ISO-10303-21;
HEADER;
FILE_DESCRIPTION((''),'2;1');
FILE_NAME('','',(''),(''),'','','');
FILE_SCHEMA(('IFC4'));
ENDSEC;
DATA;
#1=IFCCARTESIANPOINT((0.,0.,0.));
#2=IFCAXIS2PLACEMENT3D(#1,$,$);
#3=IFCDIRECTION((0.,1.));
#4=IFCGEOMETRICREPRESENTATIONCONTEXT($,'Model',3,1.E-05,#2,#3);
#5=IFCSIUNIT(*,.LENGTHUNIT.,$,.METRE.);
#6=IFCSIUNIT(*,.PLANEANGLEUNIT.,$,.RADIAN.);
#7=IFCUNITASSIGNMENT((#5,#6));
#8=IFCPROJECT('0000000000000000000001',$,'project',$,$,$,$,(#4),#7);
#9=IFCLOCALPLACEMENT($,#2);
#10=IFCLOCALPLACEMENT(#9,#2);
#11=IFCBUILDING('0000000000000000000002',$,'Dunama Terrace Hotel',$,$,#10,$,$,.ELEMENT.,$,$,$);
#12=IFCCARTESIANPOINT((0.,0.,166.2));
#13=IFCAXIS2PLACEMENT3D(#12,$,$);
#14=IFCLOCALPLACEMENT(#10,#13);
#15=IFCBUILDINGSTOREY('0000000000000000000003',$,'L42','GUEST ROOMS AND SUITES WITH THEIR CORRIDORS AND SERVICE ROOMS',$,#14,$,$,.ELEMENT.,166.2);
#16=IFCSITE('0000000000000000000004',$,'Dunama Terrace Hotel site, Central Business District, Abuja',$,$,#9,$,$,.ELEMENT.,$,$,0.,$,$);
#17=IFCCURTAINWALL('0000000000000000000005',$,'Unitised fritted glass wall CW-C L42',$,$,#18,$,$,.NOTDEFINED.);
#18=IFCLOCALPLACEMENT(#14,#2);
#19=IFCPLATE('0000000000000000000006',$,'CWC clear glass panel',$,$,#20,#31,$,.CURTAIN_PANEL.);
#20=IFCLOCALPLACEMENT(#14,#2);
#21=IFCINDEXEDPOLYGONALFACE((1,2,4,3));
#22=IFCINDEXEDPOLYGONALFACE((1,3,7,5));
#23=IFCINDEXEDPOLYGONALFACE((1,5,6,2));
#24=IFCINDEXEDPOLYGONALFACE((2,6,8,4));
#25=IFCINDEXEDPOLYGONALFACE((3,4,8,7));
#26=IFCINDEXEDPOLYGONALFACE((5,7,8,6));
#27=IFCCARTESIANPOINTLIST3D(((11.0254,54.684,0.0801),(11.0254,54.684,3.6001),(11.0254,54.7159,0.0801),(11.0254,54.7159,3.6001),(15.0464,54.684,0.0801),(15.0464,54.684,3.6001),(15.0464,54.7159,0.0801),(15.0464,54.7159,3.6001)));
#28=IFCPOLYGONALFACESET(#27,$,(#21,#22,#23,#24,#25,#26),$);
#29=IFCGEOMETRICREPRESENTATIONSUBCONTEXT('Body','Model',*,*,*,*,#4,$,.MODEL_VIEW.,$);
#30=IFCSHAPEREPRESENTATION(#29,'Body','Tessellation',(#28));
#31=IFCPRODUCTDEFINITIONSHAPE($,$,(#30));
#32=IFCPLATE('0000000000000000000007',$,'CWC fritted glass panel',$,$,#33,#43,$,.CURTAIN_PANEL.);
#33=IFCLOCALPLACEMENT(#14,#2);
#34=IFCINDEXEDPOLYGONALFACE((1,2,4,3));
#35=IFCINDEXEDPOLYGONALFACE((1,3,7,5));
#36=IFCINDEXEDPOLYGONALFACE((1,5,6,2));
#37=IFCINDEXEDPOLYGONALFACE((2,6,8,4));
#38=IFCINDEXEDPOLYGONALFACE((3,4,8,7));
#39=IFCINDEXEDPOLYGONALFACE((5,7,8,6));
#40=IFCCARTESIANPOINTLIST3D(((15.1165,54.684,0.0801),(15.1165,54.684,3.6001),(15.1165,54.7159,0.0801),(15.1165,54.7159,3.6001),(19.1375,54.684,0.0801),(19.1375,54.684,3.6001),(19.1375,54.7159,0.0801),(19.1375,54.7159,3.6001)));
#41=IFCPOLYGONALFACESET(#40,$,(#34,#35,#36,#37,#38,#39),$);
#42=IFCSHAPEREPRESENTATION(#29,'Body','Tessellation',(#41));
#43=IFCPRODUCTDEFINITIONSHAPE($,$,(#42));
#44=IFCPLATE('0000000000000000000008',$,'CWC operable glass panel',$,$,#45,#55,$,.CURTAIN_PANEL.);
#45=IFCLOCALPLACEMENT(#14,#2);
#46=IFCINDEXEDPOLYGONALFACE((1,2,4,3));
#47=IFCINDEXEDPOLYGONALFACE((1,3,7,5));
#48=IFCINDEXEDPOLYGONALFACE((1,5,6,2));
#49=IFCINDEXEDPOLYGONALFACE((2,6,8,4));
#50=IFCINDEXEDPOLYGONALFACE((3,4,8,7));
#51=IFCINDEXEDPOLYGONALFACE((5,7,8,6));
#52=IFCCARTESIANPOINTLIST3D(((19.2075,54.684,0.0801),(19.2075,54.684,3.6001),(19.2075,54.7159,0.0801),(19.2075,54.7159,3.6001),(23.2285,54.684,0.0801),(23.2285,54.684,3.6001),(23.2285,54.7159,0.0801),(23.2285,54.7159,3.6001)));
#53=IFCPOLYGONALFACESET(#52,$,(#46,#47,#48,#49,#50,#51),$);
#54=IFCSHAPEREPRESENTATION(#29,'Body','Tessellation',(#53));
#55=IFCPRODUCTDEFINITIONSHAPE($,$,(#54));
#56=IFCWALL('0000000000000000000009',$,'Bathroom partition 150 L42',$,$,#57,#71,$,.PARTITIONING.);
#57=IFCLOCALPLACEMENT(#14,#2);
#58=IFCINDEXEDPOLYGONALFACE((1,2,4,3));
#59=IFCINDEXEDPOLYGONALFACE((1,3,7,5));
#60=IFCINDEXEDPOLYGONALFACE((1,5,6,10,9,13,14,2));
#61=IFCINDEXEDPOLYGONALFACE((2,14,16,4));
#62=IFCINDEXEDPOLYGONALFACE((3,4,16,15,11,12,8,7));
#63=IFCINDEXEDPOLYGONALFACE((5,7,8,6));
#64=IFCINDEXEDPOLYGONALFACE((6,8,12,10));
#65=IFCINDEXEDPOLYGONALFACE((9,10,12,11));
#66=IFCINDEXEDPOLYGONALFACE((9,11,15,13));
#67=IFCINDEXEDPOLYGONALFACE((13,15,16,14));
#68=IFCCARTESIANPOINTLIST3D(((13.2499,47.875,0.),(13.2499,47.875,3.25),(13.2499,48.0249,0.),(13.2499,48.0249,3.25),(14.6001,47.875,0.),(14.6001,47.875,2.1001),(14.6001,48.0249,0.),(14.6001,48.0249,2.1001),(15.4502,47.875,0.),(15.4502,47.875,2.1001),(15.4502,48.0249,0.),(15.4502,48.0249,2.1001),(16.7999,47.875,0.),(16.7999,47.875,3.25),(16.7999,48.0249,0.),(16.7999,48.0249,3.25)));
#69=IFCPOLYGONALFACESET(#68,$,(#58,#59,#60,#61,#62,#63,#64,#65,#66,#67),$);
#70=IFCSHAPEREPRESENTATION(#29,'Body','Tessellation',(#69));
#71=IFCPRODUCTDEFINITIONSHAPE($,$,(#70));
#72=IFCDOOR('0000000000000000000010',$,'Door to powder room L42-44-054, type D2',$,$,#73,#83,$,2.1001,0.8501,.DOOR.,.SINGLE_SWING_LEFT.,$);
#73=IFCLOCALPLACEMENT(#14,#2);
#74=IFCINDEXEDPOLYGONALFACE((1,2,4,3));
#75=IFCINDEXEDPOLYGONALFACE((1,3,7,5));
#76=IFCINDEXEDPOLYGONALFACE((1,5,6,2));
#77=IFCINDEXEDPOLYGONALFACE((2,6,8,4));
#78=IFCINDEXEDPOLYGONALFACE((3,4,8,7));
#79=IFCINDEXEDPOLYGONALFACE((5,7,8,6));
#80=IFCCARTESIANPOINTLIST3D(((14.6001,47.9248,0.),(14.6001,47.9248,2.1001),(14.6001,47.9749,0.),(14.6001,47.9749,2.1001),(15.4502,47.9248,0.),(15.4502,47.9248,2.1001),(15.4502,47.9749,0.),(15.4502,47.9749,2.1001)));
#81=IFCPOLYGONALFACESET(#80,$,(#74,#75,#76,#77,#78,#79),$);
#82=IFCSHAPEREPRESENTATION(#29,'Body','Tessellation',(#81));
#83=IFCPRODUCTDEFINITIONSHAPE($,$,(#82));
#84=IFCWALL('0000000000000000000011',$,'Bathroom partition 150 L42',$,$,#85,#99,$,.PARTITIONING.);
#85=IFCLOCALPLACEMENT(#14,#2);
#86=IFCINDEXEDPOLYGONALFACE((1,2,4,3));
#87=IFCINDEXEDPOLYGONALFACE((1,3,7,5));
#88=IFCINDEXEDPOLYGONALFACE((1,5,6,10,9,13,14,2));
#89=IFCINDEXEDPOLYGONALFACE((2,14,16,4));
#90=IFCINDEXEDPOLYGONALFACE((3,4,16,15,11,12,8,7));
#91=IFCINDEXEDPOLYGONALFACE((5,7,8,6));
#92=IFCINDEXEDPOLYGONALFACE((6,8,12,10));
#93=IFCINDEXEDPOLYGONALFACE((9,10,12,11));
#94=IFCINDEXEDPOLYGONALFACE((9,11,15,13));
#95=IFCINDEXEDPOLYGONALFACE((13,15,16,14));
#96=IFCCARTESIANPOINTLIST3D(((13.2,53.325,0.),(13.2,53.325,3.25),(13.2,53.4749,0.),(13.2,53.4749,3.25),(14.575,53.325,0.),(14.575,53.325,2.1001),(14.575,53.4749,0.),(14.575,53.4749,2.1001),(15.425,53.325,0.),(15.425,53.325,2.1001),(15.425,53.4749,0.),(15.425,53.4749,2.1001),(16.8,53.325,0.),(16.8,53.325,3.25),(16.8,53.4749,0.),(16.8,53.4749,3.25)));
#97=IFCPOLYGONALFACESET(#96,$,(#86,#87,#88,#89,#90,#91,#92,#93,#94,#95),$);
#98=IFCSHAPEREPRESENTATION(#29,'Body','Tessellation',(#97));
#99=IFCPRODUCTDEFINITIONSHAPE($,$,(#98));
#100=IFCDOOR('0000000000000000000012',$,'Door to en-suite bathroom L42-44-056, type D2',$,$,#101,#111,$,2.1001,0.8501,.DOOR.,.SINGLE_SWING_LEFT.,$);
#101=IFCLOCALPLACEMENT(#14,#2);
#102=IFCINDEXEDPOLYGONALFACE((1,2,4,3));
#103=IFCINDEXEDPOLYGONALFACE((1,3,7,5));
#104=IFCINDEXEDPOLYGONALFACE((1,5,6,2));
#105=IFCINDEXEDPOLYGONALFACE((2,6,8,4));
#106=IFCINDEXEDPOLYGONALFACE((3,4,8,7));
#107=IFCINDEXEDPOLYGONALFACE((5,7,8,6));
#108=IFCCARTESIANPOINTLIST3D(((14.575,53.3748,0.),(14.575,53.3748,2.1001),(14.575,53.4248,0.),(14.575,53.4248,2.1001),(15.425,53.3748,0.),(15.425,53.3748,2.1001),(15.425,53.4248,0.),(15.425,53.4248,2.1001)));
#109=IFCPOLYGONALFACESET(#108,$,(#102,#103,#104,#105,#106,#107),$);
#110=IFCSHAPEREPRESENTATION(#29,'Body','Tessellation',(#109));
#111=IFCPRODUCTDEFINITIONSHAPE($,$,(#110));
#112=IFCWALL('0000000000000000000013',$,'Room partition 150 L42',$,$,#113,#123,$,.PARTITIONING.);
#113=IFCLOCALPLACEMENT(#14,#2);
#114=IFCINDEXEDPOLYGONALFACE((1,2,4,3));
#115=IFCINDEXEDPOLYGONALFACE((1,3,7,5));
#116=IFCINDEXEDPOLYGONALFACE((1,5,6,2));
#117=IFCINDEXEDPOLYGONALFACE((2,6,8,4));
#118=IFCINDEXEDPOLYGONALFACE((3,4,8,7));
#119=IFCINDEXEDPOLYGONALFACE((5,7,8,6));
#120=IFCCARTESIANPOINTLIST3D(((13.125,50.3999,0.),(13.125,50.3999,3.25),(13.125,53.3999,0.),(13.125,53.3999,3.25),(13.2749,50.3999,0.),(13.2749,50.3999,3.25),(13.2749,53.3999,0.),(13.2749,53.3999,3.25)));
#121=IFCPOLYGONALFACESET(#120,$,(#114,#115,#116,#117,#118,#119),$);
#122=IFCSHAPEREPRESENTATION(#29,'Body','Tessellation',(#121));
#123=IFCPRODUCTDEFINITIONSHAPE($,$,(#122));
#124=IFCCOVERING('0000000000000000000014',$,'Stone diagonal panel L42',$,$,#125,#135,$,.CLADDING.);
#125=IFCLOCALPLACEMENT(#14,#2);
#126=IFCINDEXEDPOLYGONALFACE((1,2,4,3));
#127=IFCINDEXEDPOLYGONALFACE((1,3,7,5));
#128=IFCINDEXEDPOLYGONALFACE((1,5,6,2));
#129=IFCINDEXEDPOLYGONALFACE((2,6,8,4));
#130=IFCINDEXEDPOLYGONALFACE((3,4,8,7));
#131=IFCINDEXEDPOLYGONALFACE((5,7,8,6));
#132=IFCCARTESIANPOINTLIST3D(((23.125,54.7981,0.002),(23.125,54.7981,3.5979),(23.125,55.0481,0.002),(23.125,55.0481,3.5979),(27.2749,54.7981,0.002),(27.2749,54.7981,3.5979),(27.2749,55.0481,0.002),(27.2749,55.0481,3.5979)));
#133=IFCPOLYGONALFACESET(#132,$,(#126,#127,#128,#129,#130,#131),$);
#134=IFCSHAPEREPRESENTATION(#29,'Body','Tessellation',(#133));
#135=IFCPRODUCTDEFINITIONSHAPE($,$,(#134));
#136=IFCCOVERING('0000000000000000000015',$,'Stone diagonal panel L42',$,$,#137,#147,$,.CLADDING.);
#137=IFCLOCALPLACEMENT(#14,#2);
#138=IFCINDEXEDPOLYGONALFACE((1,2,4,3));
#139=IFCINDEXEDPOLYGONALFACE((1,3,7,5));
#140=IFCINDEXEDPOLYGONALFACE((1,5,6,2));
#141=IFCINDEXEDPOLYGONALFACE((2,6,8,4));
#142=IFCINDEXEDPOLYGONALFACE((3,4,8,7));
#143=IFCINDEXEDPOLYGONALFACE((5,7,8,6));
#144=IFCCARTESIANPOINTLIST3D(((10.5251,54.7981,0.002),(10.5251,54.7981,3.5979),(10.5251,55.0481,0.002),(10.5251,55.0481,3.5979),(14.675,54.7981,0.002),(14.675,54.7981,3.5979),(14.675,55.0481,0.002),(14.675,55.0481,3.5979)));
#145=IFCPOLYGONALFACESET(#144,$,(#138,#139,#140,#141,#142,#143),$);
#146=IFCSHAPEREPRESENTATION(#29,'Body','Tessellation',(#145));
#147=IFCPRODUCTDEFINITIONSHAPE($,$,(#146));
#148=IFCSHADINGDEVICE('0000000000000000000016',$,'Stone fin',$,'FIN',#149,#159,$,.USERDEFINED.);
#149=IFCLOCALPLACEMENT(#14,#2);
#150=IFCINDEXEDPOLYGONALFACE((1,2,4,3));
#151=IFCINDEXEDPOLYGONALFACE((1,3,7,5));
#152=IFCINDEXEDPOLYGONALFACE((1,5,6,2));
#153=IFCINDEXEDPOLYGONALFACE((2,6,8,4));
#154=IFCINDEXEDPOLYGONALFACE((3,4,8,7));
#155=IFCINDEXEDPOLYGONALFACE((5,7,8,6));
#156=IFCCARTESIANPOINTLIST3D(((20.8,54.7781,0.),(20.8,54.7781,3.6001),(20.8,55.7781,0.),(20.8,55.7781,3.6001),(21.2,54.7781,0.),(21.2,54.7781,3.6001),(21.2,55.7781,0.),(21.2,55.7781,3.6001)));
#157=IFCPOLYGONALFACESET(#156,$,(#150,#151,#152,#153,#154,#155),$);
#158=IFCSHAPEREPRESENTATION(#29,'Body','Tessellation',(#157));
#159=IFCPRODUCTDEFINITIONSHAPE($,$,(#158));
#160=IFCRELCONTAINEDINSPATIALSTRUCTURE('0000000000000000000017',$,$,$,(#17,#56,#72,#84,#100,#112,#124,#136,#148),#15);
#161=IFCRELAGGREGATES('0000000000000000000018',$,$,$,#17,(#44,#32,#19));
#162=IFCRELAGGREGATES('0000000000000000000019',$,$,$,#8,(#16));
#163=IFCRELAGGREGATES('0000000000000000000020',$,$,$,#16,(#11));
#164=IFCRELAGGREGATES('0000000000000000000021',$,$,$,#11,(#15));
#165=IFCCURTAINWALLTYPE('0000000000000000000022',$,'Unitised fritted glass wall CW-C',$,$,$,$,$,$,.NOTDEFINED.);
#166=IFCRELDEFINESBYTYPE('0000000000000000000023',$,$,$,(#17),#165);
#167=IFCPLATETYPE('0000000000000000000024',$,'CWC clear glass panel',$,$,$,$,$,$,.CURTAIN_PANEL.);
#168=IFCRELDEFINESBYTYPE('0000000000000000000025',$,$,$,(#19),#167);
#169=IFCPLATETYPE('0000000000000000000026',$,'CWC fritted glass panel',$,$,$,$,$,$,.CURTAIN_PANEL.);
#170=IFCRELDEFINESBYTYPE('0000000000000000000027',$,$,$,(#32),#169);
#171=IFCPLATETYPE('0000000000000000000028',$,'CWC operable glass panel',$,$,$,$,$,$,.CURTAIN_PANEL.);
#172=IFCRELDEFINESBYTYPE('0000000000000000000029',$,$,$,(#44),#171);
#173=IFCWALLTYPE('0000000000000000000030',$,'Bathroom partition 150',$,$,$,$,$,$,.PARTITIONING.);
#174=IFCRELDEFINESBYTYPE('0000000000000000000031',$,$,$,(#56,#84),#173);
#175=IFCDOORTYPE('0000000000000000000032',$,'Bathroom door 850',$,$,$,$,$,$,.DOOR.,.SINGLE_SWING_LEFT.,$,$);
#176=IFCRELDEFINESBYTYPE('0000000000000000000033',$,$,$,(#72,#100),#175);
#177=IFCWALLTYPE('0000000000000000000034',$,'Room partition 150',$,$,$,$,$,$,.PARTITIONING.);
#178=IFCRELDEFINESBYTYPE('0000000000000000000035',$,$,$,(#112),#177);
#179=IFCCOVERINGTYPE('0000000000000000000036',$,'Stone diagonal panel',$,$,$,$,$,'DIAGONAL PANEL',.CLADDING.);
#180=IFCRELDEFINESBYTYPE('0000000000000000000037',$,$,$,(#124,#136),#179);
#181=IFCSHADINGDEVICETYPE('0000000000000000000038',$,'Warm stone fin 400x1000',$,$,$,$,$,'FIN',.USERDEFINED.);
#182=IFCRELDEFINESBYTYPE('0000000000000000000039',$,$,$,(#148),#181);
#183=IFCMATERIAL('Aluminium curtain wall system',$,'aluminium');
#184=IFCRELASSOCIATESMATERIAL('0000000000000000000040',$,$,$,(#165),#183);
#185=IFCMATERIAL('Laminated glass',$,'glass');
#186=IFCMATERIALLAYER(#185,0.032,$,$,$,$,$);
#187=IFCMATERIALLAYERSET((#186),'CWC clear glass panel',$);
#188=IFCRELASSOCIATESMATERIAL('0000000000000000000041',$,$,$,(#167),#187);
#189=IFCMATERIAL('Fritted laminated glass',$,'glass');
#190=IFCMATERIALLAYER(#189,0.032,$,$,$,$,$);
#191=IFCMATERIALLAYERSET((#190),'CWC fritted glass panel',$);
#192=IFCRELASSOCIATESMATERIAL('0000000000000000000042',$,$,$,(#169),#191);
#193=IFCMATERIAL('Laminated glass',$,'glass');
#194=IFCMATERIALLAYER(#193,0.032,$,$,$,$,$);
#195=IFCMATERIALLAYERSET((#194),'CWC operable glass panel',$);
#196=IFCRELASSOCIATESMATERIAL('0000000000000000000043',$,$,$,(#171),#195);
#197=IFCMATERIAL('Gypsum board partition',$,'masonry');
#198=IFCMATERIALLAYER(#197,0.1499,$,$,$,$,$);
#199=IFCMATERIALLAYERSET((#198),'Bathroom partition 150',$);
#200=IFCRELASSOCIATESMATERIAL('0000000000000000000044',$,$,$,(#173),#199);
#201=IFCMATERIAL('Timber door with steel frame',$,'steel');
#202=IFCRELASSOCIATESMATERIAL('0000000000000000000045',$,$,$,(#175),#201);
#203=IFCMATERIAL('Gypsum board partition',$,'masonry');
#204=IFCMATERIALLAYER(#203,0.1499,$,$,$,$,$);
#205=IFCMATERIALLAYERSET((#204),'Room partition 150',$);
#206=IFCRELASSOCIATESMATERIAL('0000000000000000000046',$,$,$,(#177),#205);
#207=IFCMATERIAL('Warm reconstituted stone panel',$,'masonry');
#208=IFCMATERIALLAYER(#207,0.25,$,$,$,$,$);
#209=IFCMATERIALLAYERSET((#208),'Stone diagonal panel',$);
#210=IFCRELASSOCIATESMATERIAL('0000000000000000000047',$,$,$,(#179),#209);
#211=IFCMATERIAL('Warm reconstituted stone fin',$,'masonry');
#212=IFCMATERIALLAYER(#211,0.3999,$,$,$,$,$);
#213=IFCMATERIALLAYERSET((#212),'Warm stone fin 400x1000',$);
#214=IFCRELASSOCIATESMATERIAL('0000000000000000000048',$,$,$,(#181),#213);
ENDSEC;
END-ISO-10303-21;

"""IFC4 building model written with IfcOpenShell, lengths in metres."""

from ifc_helpers import new_model, si_unit, direction, frame, frame_2d, origin, origin_2d, place, context, subcontext, project, spatial, rectangle, extrude, material, layer, layer_set, type_object, element, fill, aggregate, save


model = new_model("IFC4")

# Units and contexts
model_context = context("Model", 3, precision=1e-05, world=origin(), true_north=direction((0.0, 1.0)))
body_context = subcontext(model_context, "Body", "Model", "MODEL_VIEW")
ifc_project = project(units=[si_unit("LENGTHUNIT", "METRE"), si_unit("PLANEANGLEUNIT", "RADIAN")], contexts=[model_context])

# Site, building, storey
site_placement = place(None, origin())
site = spatial("IfcSite", under=ifc_project, at=site_placement, Name="Dunama Terrace Hotel site, Central Business District, Abuja", CompositionType="ELEMENT", RefElevation=0.0)
building_placement = place(site_placement, origin())
building = spatial("IfcBuilding", under=site, at=building_placement, Name="Dunama Terrace Hotel", CompositionType="ELEMENT")
storey_placement = place(building_placement, frame((0.0, 0.0, 166.2)))
storey = spatial("IfcBuildingStorey", under=building, at=storey_placement, Name="L42", Description="GUEST ROOMS AND SUITES WITH THEIR CORRIDORS AND SERVICE ROOMS", CompositionType="ELEMENT", Elevation=166.2)

# Curtain wall
ifc_material_1 = material(Name="Aluminium curtain wall system", Category="aluminium")
curtain_wall_type = type_object("IfcCurtainWallType", Name="Unitised fritted glass wall CW-C", PredefinedType="NOTDEFINED", material=ifc_material_1)
curtain_wall_placement = place(storey_placement, origin())
curtain_wall = element("IfcCurtainWall", 1, at=curtain_wall_placement, inside=storey, type_object=curtain_wall_type, Name="Unitised fritted glass wall CW-C L42", PredefinedType="NOTDEFINED")

# Plates
ifc_material_2 = material(Name="Laminated glass", Category="glass")
ifc_layer_1 = layer(ifc_material_2, 0.032)
ifc_layer_set_1 = layer_set([ifc_layer_1], Name="CWC clear glass panel")
plate_type_1 = type_object("IfcPlateType", Name="CWC clear glass panel", PredefinedType="CURTAIN_PANEL", material=ifc_layer_set_1)
plate_1_placement = place(storey_placement, frame((13.0359, 54.7, 0.0801), z_axis=(0.0, 0.0, 1.0), x_axis=(-1.0, 0.0, 0.0)))
plate_1 = element("IfcPlate", 2, at=plate_1_placement, type_object=plate_type_1, Name="CWC clear glass panel", PredefinedType="CURTAIN_PANEL", context=body_context, shape_type="SweptSolid", body=[
    extrude(rectangle(XDim=4.021, YDim=0.032, at=origin_2d()), origin(), (0.0, 0.0, 1.0), 3.52),
])
ifc_material_3 = material(Name="Fritted laminated glass", Category="glass")
ifc_layer_2 = layer(ifc_material_3, 0.032)
ifc_layer_set_2 = layer_set([ifc_layer_2], Name="CWC fritted glass panel")
plate_type_2 = type_object("IfcPlateType", Name="CWC fritted glass panel", PredefinedType="CURTAIN_PANEL", material=ifc_layer_set_2)
plate_2_placement = place(storey_placement, frame((17.127, 54.7, 0.0801), z_axis=(0.0, 0.0, 1.0), x_axis=(-1.0, 0.0, 0.0)))
plate_2 = element("IfcPlate", 3, at=plate_2_placement, type_object=plate_type_2, Name="CWC fritted glass panel", PredefinedType="CURTAIN_PANEL", context=body_context, shape_type="SweptSolid", body=[
    extrude(rectangle(XDim=4.021, YDim=0.032, at=origin_2d()), origin(), (0.0, 0.0, 1.0), 3.52),
])
ifc_material_4 = material(Name="Laminated glass", Category="glass")
ifc_layer_3 = layer(ifc_material_4, 0.032)
ifc_layer_set_3 = layer_set([ifc_layer_3], Name="CWC operable glass panel")
plate_type_3 = type_object("IfcPlateType", Name="CWC operable glass panel", PredefinedType="CURTAIN_PANEL", material=ifc_layer_set_3)
plate_3_placement = place(storey_placement, frame((21.218, 54.7, 0.0801), z_axis=(0.0, 0.0, 1.0), x_axis=(-1.0, 0.0, 0.0)))
plate_3 = element("IfcPlate", 4, at=plate_3_placement, type_object=plate_type_3, Name="CWC operable glass panel", PredefinedType="CURTAIN_PANEL", context=body_context, shape_type="SweptSolid", body=[
    extrude(rectangle(XDim=4.021, YDim=0.032, at=origin_2d()), origin(), (0.0, 0.0, 1.0), 3.52),
])
aggregate(curtain_wall, [plate_3, plate_2, plate_1])

# Walls, openings, doors
ifc_material_5 = material(Name="Gypsum board partition", Category="masonry")
ifc_layer_4 = layer(ifc_material_5, 0.1499)
ifc_layer_set_4 = layer_set([ifc_layer_4], Name="Bathroom partition 150")
wall_type_1 = type_object("IfcWallType", Name="Bathroom partition 150", PredefinedType="PARTITIONING", material=ifc_layer_set_4)
wall_1_placement = place(storey_placement, frame((13.25, 47.95, 0.0), z_axis=(0.0, 0.0, 1.0), x_axis=(1.0, 0.0, 0.0)))
wall_1 = element("IfcWall", 5, at=wall_1_placement, inside=storey, type_object=wall_type_1, Name="Bathroom partition 150 L42", PredefinedType="PARTITIONING", context=body_context, shape_type="SweptSolid", body=[
    extrude(rectangle(XDim=3.55, YDim=0.1499, at=frame_2d((1.7749, 0.0))), origin(), (0.0, 0.0, 1.0), 3.25),
])
opening_1_placement = place(wall_1_placement, frame((1.3501, 0.0, 0.0)))
opening_1 = element("IfcOpeningElement", 6, at=opening_1_placement, cuts=wall_1, PredefinedType="OPENING", context=body_context, shape_type="SweptSolid", body=[
    extrude(rectangle(XDim=0.8501, YDim=2.1001, at=frame_2d((0.425, 1.05))), frame((0.0, 0.085, 0.0), z_axis=(0.0, -1.0, 0.0), x_axis=(1.0, 0.0, 0.0)), (0.0, 0.0, 1.0), 0.1699),
])
ifc_material_6 = material(Name="Timber door with steel frame", Category="steel")
door_type = type_object("IfcDoorType", Name="Bathroom door 850", OperationType="SINGLE_SWING_LEFT", PredefinedType="DOOR", material=ifc_material_6)
door_1_placement = place(opening_1_placement, frame((0.8501, 0.0, 0.0), z_axis=(0.0, 0.0, 1.0), x_axis=(-1.0, 0.0, 0.0)))
door_1 = element("IfcDoor", 7, at=door_1_placement, inside=storey, type_object=door_type, Name="Door to powder room L42-44-054, type D2", OperationType="SINGLE_SWING_LEFT", OverallHeight=2.1001, OverallWidth=0.8501, PredefinedType="DOOR", context=body_context, shape_type="SweptSolid", body=[
    extrude(rectangle(XDim=0.8501, YDim=2.1001, at=frame_2d((0.425, 1.05))), frame((0.0, 0.0251, 0.0), z_axis=(0.0, -1.0, 0.0), x_axis=(1.0, 0.0, 0.0)), (0.0, 0.0, 1.0), 0.05),
])
fill(opening_1, door_1)
wall_2_placement = place(storey_placement, frame((13.2, 53.3999, 0.0), z_axis=(0.0, 0.0, 1.0), x_axis=(1.0, 0.0, 0.0)))
wall_2 = element("IfcWall", 8, at=wall_2_placement, inside=storey, type_object=wall_type_1, Name="Bathroom partition 150 L42", PredefinedType="PARTITIONING", context=body_context, shape_type="SweptSolid", body=[
    extrude(rectangle(XDim=3.6001, YDim=0.1499, at=frame_2d((1.8, 0.0))), origin(), (0.0, 0.0, 1.0), 3.25),
])
opening_2_placement = place(wall_2_placement, frame((1.375, 0.0, 0.0)))
opening_2 = element("IfcOpeningElement", 9, at=opening_2_placement, cuts=wall_2, PredefinedType="OPENING", context=body_context, shape_type="SweptSolid", body=[
    extrude(rectangle(XDim=0.8501, YDim=2.1001, at=frame_2d((0.425, 1.05))), frame((0.0, 0.085, 0.0), z_axis=(0.0, -1.0, 0.0), x_axis=(1.0, 0.0, 0.0)), (0.0, 0.0, 1.0), 0.1699),
])
door_2_placement = place(opening_2_placement, frame((0.8501, 0.0, 0.0), z_axis=(0.0, 0.0, 1.0), x_axis=(-1.0, 0.0, 0.0)))
door_2 = element("IfcDoor", 10, at=door_2_placement, inside=storey, type_object=door_type, Name="Door to en-suite bathroom L42-44-056, type D2", OperationType="SINGLE_SWING_LEFT", OverallHeight=2.1001, OverallWidth=0.8501, PredefinedType="DOOR", context=body_context, shape_type="SweptSolid", body=[
    extrude(rectangle(XDim=0.8501, YDim=2.1001, at=frame_2d((0.425, 1.05))), frame((0.0, 0.0251, 0.0), z_axis=(0.0, -1.0, 0.0), x_axis=(1.0, 0.0, 0.0)), (0.0, 0.0, 1.0), 0.05),
])
fill(opening_2, door_2)

# Wall
ifc_material_7 = material(Name="Gypsum board partition", Category="masonry")
ifc_layer_5 = layer(ifc_material_7, 0.1499)
ifc_layer_set_5 = layer_set([ifc_layer_5], Name="Room partition 150")
wall_type_2 = type_object("IfcWallType", Name="Room partition 150", PredefinedType="PARTITIONING", material=ifc_layer_set_5)
wall_3_placement = place(storey_placement, frame((13.2, 50.3999, 0.0), z_axis=(0.0, 0.0, 1.0), x_axis=(0.0, 1.0, 0.0)))
element("IfcWall", 11, at=wall_3_placement, inside=storey, type_object=wall_type_2, Name="Room partition 150 L42", PredefinedType="PARTITIONING", context=body_context, shape_type="SweptSolid", body=[
    extrude(rectangle(XDim=3.0, YDim=0.1499, at=frame_2d((1.5, 0.0))), origin(), (0.0, 0.0, 1.0), 3.25),
])

# Coverings
ifc_material_8 = material(Name="Warm reconstituted stone panel", Category="masonry")
ifc_layer_6 = layer(ifc_material_8, 0.25)
ifc_layer_set_6 = layer_set([ifc_layer_6], Name="Stone diagonal panel")
covering_type = type_object("IfcCoveringType", Name="Stone diagonal panel", ElementType="DIAGONAL PANEL", PredefinedType="CLADDING", material=ifc_layer_set_6)
for number, where, z_axis, x_axis, name in (
    (12, (25.2, 54.9231, 0.002), (0.0, 0.0, 1.0), (-1.0, 0.0, 0.0), "Stone diagonal panel L42"),
    (13, (12.6001, 54.9231, 0.002), (0.0, 0.0, 1.0), (-1.0, 0.0, 0.0), "Stone diagonal panel L42"),
):
    element("IfcCovering", number, at=place(storey_placement, frame(where, z_axis=z_axis, x_axis=x_axis)), inside=storey, type_object=covering_type, Name=name, PredefinedType="CLADDING", context=body_context, shape_type="SweptSolid", body=[
        extrude(rectangle(XDim=4.1499, YDim=0.25, at=origin_2d()), origin(), (0.0, 0.0, 1.0), 3.5959),
    ])

# Shading device
ifc_material_9 = material(Name="Warm reconstituted stone fin", Category="masonry")
ifc_layer_7 = layer(ifc_material_9, 0.3999)
ifc_layer_set_7 = layer_set([ifc_layer_7], Name="Warm stone fin 400x1000")
shading_device_type = type_object("IfcShadingDeviceType", Name="Warm stone fin 400x1000", ElementType="FIN", PredefinedType="USERDEFINED", material=ifc_layer_set_7)
shading_device_placement = place(storey_placement, frame((21.0, 55.2781, 0.0), z_axis=(0.0, 0.0, 1.0), x_axis=(-1.0, 0.0, 0.0)))
element("IfcShadingDevice", 14, at=shading_device_placement, inside=storey, type_object=shading_device_type, Name="Stone fin", ObjectType="FIN", PredefinedType="USERDEFINED", context=body_context, shape_type="SweptSolid", body=[
    extrude(rectangle(XDim=0.3999, YDim=1.0, at=origin_2d()), origin(), (0.0, 0.0, 1.0), 3.6001),
])

save(model, "model.ifc")
